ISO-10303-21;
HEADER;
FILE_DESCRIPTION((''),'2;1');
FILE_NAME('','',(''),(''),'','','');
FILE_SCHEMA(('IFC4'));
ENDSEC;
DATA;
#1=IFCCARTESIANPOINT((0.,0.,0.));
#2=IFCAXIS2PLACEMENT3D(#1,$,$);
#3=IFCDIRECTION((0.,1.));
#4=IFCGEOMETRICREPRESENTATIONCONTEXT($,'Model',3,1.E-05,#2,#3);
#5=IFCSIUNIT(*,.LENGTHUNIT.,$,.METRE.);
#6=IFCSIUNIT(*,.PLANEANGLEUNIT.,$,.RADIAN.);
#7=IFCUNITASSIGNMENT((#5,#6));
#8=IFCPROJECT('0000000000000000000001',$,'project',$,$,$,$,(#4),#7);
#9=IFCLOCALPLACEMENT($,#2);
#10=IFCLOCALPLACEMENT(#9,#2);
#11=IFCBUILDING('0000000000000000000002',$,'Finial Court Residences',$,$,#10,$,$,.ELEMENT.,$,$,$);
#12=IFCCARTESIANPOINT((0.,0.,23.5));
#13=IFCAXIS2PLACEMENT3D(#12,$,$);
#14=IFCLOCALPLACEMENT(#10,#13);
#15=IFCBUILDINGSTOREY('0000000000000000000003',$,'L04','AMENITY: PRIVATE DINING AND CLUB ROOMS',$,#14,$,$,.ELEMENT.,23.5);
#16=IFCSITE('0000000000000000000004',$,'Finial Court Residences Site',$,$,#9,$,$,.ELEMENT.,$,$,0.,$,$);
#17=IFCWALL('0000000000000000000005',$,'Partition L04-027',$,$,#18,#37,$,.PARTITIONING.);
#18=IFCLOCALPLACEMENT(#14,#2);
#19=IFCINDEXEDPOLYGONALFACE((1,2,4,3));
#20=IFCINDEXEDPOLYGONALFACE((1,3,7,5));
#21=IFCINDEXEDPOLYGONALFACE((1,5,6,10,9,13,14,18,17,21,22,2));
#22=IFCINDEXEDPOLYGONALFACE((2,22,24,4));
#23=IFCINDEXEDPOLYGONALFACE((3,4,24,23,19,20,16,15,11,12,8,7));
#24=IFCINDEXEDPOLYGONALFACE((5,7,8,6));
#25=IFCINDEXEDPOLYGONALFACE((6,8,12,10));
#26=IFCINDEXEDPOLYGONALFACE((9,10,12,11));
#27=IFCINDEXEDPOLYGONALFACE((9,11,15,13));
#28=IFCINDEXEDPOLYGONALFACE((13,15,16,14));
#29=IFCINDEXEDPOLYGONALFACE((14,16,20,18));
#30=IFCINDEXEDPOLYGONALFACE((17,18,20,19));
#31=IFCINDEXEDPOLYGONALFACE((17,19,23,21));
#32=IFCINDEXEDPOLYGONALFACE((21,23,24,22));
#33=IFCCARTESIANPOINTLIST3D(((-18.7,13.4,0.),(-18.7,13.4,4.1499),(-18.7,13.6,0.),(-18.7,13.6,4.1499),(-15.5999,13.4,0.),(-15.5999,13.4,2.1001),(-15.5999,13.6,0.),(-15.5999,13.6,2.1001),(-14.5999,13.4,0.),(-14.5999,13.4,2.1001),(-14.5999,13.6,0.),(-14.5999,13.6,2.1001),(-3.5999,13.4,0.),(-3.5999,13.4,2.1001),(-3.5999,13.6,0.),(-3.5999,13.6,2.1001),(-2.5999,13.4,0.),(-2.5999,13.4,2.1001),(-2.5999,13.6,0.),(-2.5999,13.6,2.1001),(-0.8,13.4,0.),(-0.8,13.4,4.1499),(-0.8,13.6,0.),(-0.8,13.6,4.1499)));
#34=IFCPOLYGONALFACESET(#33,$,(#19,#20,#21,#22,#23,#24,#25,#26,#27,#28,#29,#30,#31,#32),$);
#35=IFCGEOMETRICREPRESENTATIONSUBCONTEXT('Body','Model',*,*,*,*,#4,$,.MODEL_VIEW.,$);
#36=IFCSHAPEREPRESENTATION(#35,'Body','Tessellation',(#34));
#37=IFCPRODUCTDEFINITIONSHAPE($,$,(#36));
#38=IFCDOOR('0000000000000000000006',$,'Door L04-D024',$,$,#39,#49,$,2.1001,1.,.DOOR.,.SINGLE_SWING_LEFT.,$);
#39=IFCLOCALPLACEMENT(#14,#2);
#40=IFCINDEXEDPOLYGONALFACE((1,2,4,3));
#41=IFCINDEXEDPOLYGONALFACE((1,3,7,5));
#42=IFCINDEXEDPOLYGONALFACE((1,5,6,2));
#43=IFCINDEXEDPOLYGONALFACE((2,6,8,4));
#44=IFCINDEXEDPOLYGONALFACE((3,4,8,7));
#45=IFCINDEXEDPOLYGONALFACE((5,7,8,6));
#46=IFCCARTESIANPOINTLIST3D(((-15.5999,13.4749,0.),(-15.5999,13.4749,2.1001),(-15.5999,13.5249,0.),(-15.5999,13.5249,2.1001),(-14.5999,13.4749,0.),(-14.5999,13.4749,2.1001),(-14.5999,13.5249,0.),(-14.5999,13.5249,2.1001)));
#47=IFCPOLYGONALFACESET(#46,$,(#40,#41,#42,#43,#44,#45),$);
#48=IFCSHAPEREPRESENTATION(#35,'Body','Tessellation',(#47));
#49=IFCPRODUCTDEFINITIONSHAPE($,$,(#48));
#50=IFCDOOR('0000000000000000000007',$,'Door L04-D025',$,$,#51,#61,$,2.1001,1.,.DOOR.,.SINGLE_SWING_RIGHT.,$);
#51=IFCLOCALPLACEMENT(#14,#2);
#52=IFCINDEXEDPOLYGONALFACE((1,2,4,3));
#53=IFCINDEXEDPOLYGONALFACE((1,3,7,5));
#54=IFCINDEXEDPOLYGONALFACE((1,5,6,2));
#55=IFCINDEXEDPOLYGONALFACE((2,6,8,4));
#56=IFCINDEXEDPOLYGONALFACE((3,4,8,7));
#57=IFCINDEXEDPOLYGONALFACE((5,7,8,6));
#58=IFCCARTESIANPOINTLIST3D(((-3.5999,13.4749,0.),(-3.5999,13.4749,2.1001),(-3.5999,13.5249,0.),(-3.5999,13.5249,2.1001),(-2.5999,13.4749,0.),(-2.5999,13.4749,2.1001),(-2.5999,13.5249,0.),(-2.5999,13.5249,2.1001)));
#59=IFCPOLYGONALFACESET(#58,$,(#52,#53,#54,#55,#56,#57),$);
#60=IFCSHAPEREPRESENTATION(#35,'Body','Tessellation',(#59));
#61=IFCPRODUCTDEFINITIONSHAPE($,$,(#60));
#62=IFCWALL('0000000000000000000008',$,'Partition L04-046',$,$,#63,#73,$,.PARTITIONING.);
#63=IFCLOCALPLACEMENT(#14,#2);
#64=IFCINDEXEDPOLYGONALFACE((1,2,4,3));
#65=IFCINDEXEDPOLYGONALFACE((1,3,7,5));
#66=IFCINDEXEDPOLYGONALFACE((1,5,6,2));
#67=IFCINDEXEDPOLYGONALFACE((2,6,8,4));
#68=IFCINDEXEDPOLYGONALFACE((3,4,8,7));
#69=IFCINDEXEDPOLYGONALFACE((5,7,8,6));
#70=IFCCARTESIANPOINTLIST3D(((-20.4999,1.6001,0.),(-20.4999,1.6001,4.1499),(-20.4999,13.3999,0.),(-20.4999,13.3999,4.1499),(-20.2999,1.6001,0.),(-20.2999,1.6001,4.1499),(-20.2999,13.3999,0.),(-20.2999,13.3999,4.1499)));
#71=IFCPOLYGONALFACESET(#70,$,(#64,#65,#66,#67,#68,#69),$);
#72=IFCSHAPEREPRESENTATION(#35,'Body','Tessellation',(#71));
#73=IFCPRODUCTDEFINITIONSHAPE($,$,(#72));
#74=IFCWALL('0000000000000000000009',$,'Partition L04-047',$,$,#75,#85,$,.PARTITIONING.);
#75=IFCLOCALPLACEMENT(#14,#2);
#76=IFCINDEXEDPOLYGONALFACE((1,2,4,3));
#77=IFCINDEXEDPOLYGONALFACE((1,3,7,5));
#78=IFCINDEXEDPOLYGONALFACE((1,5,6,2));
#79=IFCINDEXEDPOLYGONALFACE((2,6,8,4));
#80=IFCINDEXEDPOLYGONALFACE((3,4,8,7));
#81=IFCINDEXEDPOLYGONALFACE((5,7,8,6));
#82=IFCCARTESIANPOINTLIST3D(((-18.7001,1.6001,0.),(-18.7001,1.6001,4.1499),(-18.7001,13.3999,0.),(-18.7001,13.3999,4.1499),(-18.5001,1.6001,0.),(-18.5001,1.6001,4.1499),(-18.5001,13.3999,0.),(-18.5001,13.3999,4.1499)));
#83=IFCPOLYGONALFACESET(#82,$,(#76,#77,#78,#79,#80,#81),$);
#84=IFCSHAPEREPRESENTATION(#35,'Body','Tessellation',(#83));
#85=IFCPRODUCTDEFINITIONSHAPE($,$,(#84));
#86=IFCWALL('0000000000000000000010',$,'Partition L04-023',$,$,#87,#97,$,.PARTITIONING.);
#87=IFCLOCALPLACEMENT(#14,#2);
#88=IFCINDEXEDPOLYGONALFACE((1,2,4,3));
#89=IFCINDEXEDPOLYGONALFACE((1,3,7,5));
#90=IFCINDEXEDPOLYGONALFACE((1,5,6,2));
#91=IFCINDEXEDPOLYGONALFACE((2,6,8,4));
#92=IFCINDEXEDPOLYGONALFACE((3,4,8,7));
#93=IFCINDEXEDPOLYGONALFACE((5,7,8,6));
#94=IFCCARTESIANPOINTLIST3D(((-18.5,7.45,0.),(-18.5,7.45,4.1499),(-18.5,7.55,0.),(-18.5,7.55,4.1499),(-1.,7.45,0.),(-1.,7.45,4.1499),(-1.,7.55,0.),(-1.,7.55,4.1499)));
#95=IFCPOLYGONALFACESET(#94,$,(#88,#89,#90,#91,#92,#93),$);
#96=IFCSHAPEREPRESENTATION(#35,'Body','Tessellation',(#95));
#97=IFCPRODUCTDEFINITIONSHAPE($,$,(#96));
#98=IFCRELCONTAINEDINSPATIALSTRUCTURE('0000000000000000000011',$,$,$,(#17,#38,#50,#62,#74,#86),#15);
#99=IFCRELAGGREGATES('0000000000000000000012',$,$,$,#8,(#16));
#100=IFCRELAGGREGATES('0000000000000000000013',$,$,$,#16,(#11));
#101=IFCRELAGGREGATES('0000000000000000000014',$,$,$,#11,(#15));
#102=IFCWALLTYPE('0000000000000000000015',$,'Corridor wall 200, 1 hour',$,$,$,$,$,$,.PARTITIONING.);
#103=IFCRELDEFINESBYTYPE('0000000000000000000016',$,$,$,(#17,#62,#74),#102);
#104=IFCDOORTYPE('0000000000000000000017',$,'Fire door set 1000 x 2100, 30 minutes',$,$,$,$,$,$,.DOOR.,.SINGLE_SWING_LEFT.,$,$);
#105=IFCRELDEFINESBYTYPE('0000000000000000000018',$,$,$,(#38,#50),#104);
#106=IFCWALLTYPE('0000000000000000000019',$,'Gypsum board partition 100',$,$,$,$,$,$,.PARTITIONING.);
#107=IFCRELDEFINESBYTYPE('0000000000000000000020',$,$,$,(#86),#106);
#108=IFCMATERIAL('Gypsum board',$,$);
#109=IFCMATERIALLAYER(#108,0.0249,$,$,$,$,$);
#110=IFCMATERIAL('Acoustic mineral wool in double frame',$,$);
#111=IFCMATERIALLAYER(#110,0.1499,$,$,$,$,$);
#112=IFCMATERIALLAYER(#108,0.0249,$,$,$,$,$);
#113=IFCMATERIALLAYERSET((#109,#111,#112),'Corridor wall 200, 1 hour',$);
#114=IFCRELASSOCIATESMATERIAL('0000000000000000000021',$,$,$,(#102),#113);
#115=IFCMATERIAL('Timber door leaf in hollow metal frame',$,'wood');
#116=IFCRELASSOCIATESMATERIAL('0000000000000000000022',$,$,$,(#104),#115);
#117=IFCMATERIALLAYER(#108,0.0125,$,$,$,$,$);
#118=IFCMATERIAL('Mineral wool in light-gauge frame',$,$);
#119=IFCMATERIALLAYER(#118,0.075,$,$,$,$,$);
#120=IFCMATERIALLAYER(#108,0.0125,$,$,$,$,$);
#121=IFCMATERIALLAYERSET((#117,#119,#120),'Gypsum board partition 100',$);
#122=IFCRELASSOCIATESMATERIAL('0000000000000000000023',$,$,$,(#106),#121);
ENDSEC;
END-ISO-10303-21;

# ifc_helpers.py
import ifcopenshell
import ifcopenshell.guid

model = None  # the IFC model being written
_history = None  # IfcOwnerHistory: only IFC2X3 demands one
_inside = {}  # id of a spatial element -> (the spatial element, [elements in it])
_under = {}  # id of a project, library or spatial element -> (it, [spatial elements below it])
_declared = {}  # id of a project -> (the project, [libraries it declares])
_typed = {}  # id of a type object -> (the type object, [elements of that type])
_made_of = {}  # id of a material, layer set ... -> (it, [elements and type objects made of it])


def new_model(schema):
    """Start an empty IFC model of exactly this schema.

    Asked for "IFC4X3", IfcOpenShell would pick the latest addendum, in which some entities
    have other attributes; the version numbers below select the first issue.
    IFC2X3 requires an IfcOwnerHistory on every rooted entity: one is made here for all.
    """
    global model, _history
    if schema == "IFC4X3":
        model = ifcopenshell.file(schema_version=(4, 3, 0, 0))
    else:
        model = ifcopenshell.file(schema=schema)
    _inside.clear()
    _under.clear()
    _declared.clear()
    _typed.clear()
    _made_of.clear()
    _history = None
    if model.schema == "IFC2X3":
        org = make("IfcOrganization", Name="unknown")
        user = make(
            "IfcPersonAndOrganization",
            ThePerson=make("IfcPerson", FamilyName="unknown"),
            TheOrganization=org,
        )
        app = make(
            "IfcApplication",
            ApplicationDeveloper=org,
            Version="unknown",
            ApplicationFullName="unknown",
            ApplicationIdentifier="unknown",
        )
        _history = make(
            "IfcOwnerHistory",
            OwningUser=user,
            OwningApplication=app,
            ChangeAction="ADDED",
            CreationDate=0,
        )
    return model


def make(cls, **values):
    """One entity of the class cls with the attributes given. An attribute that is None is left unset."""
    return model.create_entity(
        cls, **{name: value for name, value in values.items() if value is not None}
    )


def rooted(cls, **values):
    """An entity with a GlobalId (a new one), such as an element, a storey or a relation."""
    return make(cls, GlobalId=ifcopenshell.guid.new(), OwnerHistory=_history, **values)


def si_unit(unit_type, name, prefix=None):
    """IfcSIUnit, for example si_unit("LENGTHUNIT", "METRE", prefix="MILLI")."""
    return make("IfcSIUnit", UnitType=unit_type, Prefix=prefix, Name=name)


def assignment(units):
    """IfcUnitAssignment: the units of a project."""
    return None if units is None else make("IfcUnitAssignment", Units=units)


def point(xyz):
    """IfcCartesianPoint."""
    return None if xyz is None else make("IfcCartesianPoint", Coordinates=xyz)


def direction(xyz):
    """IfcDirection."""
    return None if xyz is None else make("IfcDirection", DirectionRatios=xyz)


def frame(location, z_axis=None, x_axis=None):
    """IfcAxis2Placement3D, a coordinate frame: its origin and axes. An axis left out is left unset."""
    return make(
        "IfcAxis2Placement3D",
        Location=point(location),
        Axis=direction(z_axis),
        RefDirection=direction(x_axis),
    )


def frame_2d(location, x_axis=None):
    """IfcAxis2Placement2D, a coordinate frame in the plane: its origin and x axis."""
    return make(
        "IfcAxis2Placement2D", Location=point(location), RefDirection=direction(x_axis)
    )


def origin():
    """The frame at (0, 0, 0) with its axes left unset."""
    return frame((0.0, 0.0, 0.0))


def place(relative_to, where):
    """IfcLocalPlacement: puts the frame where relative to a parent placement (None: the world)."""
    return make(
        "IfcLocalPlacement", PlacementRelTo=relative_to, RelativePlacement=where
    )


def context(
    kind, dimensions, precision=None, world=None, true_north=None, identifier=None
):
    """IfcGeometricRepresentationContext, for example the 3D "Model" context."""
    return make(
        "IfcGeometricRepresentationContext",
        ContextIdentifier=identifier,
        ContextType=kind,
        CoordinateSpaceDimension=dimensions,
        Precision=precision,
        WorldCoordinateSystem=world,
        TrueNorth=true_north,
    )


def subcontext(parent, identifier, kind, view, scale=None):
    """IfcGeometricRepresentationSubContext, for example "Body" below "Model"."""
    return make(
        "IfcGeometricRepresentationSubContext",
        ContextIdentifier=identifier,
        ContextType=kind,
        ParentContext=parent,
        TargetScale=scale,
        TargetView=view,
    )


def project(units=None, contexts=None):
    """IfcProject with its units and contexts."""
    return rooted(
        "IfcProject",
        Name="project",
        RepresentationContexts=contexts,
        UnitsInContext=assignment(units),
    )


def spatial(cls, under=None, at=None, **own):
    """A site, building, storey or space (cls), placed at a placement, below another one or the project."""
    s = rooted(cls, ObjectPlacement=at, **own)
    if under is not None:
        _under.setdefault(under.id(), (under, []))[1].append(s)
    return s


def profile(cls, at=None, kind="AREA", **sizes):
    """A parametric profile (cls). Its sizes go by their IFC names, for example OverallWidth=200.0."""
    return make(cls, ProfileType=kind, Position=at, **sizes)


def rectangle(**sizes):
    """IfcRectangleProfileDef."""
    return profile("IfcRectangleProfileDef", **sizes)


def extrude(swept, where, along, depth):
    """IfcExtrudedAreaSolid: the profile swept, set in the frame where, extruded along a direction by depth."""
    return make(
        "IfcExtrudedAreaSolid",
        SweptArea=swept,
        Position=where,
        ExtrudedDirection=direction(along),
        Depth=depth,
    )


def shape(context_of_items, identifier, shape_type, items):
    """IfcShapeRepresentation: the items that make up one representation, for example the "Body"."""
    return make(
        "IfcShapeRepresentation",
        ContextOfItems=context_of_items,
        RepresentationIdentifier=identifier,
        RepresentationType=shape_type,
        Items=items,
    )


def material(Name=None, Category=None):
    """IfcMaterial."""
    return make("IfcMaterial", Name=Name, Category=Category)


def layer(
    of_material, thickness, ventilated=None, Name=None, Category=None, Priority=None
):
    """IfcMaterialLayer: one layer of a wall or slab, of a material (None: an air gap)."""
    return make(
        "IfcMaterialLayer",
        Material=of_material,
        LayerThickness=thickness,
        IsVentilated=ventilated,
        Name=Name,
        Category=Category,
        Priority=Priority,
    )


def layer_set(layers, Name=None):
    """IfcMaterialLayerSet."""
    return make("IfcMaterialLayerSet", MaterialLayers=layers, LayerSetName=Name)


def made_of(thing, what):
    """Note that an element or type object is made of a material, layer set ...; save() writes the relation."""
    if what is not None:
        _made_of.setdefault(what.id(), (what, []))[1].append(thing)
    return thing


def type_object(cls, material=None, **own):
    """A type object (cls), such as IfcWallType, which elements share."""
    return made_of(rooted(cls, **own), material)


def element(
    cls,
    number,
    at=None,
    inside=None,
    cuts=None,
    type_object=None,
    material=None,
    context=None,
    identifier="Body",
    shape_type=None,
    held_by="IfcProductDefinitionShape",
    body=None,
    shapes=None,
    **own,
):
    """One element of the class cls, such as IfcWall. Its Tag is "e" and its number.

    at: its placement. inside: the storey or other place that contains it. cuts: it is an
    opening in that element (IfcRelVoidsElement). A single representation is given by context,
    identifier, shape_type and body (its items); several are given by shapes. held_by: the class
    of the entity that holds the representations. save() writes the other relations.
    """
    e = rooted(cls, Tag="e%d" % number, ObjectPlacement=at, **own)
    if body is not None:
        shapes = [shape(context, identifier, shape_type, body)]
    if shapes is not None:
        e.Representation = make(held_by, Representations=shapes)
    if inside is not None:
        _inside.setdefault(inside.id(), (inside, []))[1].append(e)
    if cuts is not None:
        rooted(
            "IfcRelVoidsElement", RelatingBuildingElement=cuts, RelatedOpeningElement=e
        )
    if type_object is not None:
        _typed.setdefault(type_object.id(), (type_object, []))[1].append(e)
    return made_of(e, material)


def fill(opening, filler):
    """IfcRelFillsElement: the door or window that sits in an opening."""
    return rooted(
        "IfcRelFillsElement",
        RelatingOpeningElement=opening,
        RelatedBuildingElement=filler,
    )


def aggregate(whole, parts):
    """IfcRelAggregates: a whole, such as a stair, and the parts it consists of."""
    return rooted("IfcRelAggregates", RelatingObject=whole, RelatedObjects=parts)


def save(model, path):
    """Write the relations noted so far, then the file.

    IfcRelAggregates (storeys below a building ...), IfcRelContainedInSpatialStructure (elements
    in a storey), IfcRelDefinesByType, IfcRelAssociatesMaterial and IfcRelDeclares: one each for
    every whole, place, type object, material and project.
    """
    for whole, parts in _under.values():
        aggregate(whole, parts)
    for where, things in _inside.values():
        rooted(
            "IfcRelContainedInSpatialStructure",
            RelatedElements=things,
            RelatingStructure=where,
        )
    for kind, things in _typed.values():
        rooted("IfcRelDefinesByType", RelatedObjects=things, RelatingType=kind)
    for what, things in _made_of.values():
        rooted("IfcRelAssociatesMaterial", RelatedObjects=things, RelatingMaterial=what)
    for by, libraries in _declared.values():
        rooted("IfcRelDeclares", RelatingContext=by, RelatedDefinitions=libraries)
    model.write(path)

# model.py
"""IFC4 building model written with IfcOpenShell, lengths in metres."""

from ifc_helpers import new_model, si_unit, direction, frame, frame_2d, origin, place, context, subcontext, project, spatial, rectangle, extrude, material, layer, layer_set, type_object, element, fill, save


model = new_model("IFC4")

# Units and contexts
model_context = context("Model", 3, precision=1e-05, world=origin(), true_north=direction((0.0, 1.0)))
body_context = subcontext(model_context, "Body", "Model", "MODEL_VIEW")
ifc_project = project(units=[si_unit("LENGTHUNIT", "METRE"), si_unit("PLANEANGLEUNIT", "RADIAN")], contexts=[model_context])

# Site, building, storey
site_placement = place(None, origin())
site = spatial("IfcSite", under=ifc_project, at=site_placement, Name="Finial Court Residences Site", CompositionType="ELEMENT", RefElevation=0.0)
building_placement = place(site_placement, origin())
building = spatial("IfcBuilding", under=site, at=building_placement, Name="Finial Court Residences", CompositionType="ELEMENT")
storey_placement = place(building_placement, frame((0.0, 0.0, 23.5)))
storey = spatial("IfcBuildingStorey", under=building, at=storey_placement, Name="L04", Description="AMENITY: PRIVATE DINING AND CLUB ROOMS", CompositionType="ELEMENT", Elevation=23.5)

# Wall, openings, doors
ifc_material_1 = material(Name="Gypsum board")
ifc_layer_1 = layer(ifc_material_1, 0.0249)
ifc_material_2 = material(Name="Acoustic mineral wool in double frame")
ifc_layer_2 = layer(ifc_material_2, 0.1499)
ifc_layer_3 = layer(ifc_material_1, 0.0249)
ifc_layer_set_1 = layer_set([ifc_layer_1, ifc_layer_2, ifc_layer_3], Name="Corridor wall 200, 1 hour")
wall_type_1 = type_object("IfcWallType", Name="Corridor wall 200, 1 hour", PredefinedType="PARTITIONING", material=ifc_layer_set_1)
ifc_material_3 = material(Name="Timber door leaf in hollow metal frame", Category="wood")
door_type = type_object("IfcDoorType", Name="Fire door set 1000 x 2100, 30 minutes", OperationType="SINGLE_SWING_LEFT", PredefinedType="DOOR", material=ifc_material_3)
wall_1_placement = place(storey_placement, frame((-18.7, 13.5, 0.0), z_axis=(0.0, 0.0, 1.0), x_axis=(1.0, 0.0, 0.0)))
wall_1 = element("IfcWall", 1, at=wall_1_placement, inside=storey, type_object=wall_type_1, Name="Partition L04-027", PredefinedType="PARTITIONING", context=body_context, shape_type="SweptSolid", body=[
    extrude(rectangle(XDim=17.8999, YDim=0.2, at=frame_2d((8.95, 0.0))), origin(), (0.0, 0.0, 1.0), 4.1499),
])
opening_1_placement = place(wall_1_placement, frame((3.1001, 0.0, 0.0)))
opening_1 = element("IfcOpeningElement", 2, at=opening_1_placement, cuts=wall_1, PredefinedType="OPENING", context=body_context, shape_type="SweptSolid", body=[
    extrude(rectangle(XDim=1.0, YDim=2.1001, at=frame_2d((0.5, 1.05))), frame((0.0, 0.1099, 0.0), z_axis=(0.0, -1.0, 0.0), x_axis=(1.0, 0.0, 0.0)), (0.0, 0.0, 1.0), 0.22),
])
opening_2_placement = place(wall_1_placement, frame((15.1001, 0.0, 0.0)))
opening_2 = element("IfcOpeningElement", 3, at=opening_2_placement, cuts=wall_1, PredefinedType="OPENING", context=body_context, shape_type="SweptSolid", body=[
    extrude(rectangle(XDim=1.0, YDim=2.1001, at=frame_2d((0.5, 1.05))), frame((0.0, 0.1099, 0.0), z_axis=(0.0, -1.0, 0.0), x_axis=(1.0, 0.0, 0.0)), (0.0, 0.0, 1.0), 0.22),
])
door_1_placement = place(opening_1_placement, origin())
door_1 = element("IfcDoor", 4, at=door_1_placement, inside=storey, type_object=door_type, Name="Door L04-D024", OperationType="SINGLE_SWING_LEFT", OverallHeight=2.1001, OverallWidth=1.0, PredefinedType="DOOR", context=body_context, shape_type="SweptSolid", body=[
    extrude(rectangle(XDim=1.0, YDim=2.1001, at=frame_2d((0.5, 1.05))), frame((0.0, 0.0249, 0.0), z_axis=(0.0, -1.0, 0.0), x_axis=(1.0, 0.0, 0.0)), (0.0, 0.0, 1.0), 0.05),
])
fill(opening_1, door_1)
door_2_placement = place(opening_2_placement, origin())
door_2 = element("IfcDoor", 5, at=door_2_placement, inside=storey, type_object=door_type, Name="Door L04-D025", OperationType="SINGLE_SWING_RIGHT", OverallHeight=2.1001, OverallWidth=1.0, PredefinedType="DOOR", context=body_context, shape_type="SweptSolid", body=[
    extrude(rectangle(XDim=1.0, YDim=2.1001, at=frame_2d((0.5, 1.05))), frame((0.0, 0.0249, 0.0), z_axis=(0.0, -1.0, 0.0), x_axis=(1.0, 0.0, 0.0)), (0.0, 0.0, 1.0), 0.05),
])
fill(opening_2, door_2)

# Walls
for number, where, z_axis, x_axis, name in (
    (6, (-20.3999, 1.6001, 0.0), (0.0, 0.0, 1.0), (0.0, 1.0, 0.0), "Partition L04-046"),
    (7, (-18.6001, 1.6001, 0.0), (0.0, 0.0, 1.0), (0.0, 1.0, 0.0), "Partition L04-047"),
):
    element("IfcWall", number, at=place(storey_placement, frame(where, z_axis=z_axis, x_axis=x_axis)), inside=storey, type_object=wall_type_1, Name=name, PredefinedType="PARTITIONING", context=body_context, shape_type="SweptSolid", body=[
        extrude(rectangle(XDim=11.7998, YDim=0.2, at=frame_2d((5.8999, 0.0))), origin(), (0.0, 0.0, 1.0), 4.1499),
    ])
ifc_layer_4 = layer(ifc_material_1, 0.0125)
ifc_material_4 = material(Name="Mineral wool in light-gauge frame")
ifc_layer_5 = layer(ifc_material_4, 0.075)
ifc_layer_6 = layer(ifc_material_1, 0.0125)
ifc_layer_set_2 = layer_set([ifc_layer_4, ifc_layer_5, ifc_layer_6], Name="Gypsum board partition 100")
wall_type_2 = type_object("IfcWallType", Name="Gypsum board partition 100", PredefinedType="PARTITIONING", material=ifc_layer_set_2)
wall_2_placement = place(storey_placement, frame((-18.5, 7.5, 0.0), z_axis=(0.0, 0.0, 1.0), x_axis=(1.0, 0.0, 0.0)))
element("IfcWall", 8, at=wall_2_placement, inside=storey, type_object=wall_type_2, Name="Partition L04-023", PredefinedType="PARTITIONING", context=body_context, shape_type="SweptSolid", body=[
    extrude(rectangle(XDim=17.5, YDim=0.1001, at=frame_2d((8.75, 0.0))), origin(), (0.0, 0.0, 1.0), 4.1499),
])

save(model, "model.ifc")
